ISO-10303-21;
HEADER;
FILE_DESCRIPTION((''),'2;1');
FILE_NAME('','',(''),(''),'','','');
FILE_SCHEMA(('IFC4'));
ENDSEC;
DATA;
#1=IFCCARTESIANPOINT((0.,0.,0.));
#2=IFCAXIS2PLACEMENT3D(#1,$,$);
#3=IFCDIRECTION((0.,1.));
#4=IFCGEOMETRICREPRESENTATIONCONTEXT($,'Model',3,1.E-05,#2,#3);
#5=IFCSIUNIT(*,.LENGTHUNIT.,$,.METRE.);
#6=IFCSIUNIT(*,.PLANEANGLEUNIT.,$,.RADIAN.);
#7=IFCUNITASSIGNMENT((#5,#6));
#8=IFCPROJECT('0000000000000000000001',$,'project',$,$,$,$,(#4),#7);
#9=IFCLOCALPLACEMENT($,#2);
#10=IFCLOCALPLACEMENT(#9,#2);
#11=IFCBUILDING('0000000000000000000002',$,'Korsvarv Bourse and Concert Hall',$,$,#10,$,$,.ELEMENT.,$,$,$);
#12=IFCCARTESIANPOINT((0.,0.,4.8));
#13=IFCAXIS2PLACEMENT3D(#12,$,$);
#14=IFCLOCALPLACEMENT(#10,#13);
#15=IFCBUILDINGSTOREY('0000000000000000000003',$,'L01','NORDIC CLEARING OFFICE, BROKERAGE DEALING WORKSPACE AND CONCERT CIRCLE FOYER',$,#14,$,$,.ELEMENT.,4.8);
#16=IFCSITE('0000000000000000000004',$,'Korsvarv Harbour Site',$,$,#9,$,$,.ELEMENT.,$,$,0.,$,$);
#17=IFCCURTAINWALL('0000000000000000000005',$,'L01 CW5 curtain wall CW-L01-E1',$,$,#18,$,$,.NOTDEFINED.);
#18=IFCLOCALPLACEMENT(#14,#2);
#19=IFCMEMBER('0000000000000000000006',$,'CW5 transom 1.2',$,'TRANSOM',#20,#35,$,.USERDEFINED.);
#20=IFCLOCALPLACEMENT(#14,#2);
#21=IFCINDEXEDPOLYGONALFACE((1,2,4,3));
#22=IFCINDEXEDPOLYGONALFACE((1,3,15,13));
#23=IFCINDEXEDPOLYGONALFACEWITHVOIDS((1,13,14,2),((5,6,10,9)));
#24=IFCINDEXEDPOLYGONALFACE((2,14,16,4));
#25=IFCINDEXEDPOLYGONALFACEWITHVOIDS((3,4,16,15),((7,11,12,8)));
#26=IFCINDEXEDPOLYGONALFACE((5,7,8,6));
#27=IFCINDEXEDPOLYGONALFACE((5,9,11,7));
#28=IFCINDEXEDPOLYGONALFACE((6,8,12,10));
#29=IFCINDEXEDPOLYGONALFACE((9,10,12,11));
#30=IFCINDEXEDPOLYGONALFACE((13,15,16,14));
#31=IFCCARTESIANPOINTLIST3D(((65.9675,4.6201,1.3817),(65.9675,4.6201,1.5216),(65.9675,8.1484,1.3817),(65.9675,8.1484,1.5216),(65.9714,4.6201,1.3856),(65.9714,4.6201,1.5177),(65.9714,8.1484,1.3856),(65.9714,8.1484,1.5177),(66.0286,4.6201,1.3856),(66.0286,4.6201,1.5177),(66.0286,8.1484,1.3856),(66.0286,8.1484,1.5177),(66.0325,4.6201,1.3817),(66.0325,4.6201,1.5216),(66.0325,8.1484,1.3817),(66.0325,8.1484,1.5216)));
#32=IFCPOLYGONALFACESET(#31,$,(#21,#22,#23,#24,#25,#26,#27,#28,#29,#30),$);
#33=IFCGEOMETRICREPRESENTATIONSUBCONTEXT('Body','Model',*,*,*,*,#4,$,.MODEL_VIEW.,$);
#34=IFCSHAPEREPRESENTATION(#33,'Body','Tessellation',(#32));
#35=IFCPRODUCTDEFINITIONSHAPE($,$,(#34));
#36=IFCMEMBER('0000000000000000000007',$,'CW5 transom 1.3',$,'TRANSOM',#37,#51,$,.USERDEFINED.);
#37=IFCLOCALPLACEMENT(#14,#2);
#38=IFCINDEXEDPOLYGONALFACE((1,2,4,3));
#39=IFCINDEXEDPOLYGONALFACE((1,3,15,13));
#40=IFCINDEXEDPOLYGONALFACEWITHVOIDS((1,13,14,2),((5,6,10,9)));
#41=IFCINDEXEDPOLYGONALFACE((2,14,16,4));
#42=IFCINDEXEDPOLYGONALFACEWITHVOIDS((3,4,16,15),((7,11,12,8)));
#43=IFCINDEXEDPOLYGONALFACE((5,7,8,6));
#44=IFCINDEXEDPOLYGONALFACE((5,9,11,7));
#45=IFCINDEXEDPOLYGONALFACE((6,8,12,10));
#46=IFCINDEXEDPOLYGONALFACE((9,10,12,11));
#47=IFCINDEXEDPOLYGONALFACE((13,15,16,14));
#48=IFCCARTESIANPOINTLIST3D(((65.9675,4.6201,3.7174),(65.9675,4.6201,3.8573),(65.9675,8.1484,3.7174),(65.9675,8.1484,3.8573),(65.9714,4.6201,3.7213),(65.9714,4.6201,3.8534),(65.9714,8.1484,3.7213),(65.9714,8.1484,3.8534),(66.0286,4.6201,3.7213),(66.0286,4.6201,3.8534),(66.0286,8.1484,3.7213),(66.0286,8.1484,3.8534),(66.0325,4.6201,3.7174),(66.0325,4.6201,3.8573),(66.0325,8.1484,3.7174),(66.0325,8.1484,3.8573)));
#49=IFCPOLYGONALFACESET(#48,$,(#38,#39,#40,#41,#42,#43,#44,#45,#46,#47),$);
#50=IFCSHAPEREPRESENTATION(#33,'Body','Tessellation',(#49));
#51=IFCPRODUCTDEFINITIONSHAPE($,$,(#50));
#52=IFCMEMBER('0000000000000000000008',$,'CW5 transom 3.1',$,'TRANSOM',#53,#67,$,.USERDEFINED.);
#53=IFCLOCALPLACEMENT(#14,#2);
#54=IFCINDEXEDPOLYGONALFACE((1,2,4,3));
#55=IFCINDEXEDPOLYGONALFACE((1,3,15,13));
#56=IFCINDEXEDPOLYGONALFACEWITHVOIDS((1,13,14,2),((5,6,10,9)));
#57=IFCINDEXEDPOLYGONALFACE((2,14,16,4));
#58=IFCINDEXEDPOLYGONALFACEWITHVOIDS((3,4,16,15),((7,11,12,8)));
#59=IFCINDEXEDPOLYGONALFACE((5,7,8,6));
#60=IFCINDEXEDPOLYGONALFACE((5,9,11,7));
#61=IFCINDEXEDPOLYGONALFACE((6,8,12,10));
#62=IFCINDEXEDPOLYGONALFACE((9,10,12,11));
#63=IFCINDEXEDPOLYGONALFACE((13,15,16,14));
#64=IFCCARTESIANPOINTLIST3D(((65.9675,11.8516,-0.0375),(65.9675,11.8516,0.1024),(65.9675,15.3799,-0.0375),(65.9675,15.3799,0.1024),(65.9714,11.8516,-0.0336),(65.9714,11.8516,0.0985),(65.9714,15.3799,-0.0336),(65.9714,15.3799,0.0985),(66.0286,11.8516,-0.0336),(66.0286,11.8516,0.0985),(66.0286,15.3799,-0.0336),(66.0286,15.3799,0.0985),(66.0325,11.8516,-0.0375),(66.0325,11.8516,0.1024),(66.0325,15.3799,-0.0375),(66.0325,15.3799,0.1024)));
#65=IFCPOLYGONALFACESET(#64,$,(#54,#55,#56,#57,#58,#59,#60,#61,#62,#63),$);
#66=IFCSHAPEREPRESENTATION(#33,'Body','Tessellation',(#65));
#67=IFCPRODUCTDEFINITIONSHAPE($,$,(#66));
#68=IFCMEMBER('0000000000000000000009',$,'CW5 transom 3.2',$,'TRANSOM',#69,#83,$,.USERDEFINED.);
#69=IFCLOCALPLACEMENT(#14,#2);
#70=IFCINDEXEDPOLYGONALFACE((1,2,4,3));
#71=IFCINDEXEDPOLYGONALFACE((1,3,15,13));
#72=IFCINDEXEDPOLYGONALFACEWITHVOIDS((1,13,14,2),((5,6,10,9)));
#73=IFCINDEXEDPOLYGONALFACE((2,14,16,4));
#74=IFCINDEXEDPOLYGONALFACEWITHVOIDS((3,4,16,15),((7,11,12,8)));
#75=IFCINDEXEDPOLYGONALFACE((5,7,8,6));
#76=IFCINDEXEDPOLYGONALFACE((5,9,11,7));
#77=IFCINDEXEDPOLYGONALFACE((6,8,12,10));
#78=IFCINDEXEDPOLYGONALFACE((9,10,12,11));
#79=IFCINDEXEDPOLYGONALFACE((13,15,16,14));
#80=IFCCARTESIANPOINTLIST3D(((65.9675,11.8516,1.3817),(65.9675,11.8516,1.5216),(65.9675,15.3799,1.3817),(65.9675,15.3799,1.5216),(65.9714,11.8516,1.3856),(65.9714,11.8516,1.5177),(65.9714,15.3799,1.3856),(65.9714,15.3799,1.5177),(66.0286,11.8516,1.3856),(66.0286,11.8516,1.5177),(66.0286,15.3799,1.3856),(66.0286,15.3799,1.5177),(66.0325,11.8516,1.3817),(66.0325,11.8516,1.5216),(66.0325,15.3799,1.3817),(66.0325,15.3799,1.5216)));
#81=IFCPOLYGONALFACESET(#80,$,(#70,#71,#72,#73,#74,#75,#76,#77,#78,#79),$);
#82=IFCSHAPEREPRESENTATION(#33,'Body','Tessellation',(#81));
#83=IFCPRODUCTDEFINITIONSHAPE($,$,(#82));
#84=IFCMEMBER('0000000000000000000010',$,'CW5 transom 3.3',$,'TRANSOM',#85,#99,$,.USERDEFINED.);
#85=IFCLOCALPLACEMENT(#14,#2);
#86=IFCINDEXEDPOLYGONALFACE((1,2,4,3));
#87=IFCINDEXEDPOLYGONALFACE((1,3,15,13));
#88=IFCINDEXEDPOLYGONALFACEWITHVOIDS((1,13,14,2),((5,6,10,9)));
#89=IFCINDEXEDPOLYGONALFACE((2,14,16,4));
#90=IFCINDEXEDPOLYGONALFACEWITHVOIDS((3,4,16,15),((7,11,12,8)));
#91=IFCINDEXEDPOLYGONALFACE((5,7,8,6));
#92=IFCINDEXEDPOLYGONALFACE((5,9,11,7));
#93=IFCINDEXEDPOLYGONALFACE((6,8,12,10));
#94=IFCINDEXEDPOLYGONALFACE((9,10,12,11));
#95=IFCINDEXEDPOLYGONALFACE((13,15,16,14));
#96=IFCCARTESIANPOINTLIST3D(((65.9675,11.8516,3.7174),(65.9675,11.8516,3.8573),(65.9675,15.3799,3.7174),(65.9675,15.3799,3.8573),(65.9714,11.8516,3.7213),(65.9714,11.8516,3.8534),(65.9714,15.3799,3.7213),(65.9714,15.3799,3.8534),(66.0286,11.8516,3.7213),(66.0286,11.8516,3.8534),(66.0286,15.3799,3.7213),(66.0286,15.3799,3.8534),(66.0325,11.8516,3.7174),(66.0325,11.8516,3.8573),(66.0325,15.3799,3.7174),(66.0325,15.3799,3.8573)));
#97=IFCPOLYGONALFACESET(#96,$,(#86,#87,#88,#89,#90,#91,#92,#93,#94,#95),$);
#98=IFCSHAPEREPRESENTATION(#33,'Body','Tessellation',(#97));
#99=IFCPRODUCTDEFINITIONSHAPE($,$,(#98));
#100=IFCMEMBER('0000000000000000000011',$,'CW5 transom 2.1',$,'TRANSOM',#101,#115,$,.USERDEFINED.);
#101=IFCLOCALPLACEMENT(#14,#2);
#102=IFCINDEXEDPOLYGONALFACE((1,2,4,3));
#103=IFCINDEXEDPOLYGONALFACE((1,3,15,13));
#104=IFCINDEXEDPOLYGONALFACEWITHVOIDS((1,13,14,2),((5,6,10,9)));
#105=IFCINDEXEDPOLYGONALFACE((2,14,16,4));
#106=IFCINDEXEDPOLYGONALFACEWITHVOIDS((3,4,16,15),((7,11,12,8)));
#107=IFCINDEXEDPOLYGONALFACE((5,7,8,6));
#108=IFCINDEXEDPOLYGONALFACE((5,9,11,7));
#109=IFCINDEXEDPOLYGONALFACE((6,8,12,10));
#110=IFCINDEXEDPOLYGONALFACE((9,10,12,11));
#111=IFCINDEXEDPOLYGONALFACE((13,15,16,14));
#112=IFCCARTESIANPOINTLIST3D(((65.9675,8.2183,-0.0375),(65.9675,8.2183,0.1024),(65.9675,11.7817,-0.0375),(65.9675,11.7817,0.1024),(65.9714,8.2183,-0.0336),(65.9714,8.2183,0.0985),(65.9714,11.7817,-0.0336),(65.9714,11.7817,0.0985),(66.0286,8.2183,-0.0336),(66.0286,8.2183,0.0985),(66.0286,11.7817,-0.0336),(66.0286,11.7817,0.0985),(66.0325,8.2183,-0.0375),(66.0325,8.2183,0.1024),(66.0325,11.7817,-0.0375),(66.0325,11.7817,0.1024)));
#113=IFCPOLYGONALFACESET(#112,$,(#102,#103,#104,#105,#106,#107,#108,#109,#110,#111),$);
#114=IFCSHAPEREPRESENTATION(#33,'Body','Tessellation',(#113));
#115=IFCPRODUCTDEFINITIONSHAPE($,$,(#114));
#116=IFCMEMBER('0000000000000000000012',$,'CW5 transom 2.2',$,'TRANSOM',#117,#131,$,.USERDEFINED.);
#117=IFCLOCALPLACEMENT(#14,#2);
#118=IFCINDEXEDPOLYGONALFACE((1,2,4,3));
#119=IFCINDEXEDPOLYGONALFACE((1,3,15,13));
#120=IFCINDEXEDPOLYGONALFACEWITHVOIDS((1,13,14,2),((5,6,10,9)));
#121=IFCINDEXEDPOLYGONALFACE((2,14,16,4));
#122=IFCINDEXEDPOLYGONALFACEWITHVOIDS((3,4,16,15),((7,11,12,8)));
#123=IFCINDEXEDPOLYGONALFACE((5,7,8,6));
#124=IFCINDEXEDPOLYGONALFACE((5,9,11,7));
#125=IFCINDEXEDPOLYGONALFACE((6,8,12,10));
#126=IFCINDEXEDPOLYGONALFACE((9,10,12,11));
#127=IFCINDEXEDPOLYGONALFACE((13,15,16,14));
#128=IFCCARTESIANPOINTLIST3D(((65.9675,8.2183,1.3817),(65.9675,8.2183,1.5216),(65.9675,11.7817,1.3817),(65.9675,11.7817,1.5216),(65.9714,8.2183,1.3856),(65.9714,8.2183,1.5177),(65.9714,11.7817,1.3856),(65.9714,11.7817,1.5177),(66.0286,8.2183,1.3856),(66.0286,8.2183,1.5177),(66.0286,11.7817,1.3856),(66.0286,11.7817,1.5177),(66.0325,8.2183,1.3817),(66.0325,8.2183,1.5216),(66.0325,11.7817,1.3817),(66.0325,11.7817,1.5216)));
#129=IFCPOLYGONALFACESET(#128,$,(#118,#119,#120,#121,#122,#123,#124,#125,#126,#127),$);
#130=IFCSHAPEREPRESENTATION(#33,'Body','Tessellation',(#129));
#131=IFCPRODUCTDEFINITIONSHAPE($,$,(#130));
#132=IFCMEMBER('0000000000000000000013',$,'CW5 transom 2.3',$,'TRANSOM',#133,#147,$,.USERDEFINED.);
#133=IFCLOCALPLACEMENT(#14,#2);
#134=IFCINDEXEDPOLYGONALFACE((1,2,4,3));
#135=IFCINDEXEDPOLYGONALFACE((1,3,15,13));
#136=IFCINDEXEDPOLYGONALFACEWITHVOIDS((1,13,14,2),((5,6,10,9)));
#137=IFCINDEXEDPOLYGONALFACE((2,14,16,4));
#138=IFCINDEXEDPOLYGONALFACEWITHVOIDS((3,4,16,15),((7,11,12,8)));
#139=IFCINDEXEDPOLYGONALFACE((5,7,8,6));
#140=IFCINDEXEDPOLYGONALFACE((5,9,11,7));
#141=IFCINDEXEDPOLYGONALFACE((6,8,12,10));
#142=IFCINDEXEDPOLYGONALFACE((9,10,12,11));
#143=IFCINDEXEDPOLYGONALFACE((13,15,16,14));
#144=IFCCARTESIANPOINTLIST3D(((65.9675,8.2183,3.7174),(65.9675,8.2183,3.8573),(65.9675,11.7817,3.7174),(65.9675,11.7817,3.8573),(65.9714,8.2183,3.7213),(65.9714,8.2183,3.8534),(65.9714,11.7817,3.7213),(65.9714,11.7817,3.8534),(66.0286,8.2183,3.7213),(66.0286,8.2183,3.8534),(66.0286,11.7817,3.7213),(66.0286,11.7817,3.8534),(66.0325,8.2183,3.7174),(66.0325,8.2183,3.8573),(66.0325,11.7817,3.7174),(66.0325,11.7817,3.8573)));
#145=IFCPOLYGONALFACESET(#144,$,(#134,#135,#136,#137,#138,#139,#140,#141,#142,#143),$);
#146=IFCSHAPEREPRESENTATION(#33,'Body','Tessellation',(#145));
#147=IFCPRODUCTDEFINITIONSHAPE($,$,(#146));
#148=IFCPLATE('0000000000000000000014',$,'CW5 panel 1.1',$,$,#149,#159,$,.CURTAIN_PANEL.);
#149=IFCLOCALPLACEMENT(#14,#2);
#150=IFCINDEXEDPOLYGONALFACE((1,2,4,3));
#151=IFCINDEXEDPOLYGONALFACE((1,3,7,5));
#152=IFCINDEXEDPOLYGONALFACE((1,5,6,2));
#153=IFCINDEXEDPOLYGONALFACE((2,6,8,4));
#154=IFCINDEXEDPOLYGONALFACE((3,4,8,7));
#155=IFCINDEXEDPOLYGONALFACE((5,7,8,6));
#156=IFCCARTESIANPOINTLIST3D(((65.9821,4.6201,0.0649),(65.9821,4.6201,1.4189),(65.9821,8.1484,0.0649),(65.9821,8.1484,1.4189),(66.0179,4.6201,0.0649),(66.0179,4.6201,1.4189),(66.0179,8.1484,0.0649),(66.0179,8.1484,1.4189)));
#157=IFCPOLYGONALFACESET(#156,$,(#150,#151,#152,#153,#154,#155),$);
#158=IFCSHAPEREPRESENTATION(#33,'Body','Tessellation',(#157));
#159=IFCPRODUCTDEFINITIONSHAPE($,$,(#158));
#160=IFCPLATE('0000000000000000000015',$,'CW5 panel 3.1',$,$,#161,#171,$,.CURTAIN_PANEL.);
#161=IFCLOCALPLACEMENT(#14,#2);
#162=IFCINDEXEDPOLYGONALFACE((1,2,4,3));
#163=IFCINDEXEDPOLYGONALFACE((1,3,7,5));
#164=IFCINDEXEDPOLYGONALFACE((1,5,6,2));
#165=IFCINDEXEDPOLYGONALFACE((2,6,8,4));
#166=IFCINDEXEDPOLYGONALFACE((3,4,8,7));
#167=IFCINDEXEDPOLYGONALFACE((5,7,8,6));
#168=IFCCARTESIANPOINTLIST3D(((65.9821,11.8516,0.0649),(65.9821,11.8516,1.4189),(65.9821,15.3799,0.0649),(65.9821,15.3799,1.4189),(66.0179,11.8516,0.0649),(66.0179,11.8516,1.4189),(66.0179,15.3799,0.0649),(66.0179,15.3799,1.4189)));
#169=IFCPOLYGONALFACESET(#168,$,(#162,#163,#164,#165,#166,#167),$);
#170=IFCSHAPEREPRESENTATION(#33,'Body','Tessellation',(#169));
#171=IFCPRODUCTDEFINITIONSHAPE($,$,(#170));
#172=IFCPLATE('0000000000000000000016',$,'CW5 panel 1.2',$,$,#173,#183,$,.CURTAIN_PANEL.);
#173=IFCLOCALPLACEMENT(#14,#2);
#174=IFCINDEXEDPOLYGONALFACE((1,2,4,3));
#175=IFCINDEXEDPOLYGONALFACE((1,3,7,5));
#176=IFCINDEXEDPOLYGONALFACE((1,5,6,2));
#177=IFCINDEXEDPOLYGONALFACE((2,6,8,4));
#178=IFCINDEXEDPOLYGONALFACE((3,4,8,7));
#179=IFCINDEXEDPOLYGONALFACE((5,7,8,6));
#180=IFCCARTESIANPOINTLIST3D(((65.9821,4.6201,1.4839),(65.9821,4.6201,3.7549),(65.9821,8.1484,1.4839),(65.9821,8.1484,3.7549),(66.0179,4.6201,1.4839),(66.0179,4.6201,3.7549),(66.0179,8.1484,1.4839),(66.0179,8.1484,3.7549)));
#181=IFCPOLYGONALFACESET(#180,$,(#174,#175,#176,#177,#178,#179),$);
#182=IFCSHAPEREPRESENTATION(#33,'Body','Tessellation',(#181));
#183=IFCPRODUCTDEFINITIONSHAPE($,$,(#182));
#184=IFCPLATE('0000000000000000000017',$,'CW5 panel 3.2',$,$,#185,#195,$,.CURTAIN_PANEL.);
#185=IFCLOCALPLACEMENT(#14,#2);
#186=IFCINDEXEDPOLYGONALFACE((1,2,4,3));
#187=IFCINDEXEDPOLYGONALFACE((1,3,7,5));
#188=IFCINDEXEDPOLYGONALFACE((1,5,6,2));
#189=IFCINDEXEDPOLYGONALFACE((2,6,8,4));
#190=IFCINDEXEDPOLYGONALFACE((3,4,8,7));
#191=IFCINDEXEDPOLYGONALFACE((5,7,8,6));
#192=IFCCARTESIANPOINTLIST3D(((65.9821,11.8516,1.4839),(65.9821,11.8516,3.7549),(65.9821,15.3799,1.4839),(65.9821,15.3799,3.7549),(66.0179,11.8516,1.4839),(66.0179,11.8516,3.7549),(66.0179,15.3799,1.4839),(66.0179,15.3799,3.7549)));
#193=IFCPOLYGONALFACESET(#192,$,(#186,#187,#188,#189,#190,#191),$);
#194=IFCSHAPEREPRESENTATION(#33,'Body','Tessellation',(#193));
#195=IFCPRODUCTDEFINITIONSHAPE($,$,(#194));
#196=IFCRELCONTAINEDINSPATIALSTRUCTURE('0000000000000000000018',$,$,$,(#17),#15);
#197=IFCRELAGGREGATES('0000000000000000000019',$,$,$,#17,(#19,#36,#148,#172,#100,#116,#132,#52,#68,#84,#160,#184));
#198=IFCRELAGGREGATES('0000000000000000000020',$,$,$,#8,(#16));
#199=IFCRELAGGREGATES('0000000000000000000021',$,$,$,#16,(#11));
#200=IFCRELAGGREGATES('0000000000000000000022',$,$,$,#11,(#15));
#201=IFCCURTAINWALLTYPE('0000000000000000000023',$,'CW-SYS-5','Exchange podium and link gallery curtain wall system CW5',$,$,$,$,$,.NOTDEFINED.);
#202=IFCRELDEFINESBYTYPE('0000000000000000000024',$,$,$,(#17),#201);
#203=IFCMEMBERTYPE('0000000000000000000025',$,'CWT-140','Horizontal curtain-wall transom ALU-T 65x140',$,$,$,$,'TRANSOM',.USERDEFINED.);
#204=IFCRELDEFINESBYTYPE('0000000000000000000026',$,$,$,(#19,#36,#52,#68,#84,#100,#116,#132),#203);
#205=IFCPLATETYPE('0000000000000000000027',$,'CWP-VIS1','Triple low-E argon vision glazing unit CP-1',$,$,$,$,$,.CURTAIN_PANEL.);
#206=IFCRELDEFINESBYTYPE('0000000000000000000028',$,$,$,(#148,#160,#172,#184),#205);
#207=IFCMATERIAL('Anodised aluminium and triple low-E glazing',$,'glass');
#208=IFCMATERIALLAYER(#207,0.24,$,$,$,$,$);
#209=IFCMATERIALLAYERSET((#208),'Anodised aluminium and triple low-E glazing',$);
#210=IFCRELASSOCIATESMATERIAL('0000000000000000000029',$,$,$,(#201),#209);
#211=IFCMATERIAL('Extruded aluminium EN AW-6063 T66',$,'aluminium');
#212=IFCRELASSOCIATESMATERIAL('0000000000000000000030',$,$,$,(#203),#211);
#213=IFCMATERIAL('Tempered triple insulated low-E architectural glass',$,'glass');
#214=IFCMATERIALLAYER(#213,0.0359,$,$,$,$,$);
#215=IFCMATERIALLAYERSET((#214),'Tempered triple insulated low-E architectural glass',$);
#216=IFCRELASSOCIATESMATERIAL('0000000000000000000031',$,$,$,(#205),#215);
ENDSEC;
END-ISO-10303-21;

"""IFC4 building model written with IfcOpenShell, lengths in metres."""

from ifc_helpers import new_model, si_unit, direction, frame, origin, origin_2d, place, context, subcontext, project, spatial, rectangle, hollow_rectangle, extrude, source, transform, mapped, material, layer, layer_set, material_profile, profile_set, type_object, element, aggregate, save


model = new_model("IFC4")

# Units and contexts
model_context = context("Model", 3, precision=1e-05, world=origin(), true_north=direction((0.0, 1.0)))
body_context = subcontext(model_context, "Body", "Model", "MODEL_VIEW")
ifc_project = project(units=[si_unit("LENGTHUNIT", "METRE"), si_unit("PLANEANGLEUNIT", "RADIAN")], contexts=[model_context])

# Site, building, storey
site_placement = place(None, origin())
site = spatial("IfcSite", under=ifc_project, at=site_placement, Name="Korsvarv Harbour Site", CompositionType="ELEMENT", RefElevation=0.0)
building_placement = place(site_placement, origin())
building = spatial("IfcBuilding", under=site, at=building_placement, Name="Korsvarv Bourse and Concert Hall", CompositionType="ELEMENT")
storey_placement = place(building_placement, frame((0.0, 0.0, 4.8)))
storey = spatial("IfcBuildingStorey", under=building, at=storey_placement, Name="L01", Description="NORDIC CLEARING OFFICE, BROKERAGE DEALING WORKSPACE AND CONCERT CIRCLE FOYER", CompositionType="ELEMENT", Elevation=4.8)

# Curtain wall, members, plates
ifc_material_1 = material(Name="Anodised aluminium and triple low-E glazing", Category="glass")
ifc_layer_1 = layer(ifc_material_1, 0.24)
ifc_layer_set_1 = layer_set([ifc_layer_1], Name="Anodised aluminium and triple low-E glazing")
curtain_wall_type = type_object("IfcCurtainWallType", Name="CW-SYS-5", Description="Exchange podium and link gallery curtain wall system CW5", PredefinedType="NOTDEFINED", material=ifc_layer_set_1)
curtain_wall_placement = place(storey_placement, origin())
curtain_wall = element("IfcCurtainWall", 1, at=curtain_wall_placement, inside=storey, type_object=curtain_wall_type, Name="L01 CW5 curtain wall CW-L01-E1", PredefinedType="NOTDEFINED")
ifc_material_2 = material(Name="Extruded aluminium EN AW-6063 T66", Category="aluminium")
ifc_material_profile_1 = material_profile(ifc_material_2, hollow_rectangle(XDim=0.0649, YDim=0.1399, WallThickness=0.0039, at=origin_2d()), Name="ALU-T 65x140")
ifc_profile_set_1 = profile_set([ifc_material_profile_1], Name="Extruded aluminium EN AW-6063 T66")
member_type_1 = type_object("IfcMemberType", Name="CWT-140", Description="Horizontal curtain-wall transom ALU-T 65x140", ElementType="TRANSOM", PredefinedType="USERDEFINED", material=ifc_profile_set_1)
shared_shape_1 = source(origin(), body_context, "Body", "SweptSolid", [
    extrude(hollow_rectangle(XDim=0.0649, YDim=0.1399, WallThickness=0.0039, at=origin_2d()), origin(), (0.0, 0.0, 1.0), 3.5283),
])
member_1_placement = place(storey_placement, frame((66.0, 4.6201, 1.4517), z_axis=(0.0, 1.0, 0.0), x_axis=(-1.0, 0.0, 0.0)))
member_1 = element("IfcMember", 2, at=member_1_placement, type_object=member_type_1, Name="CW5 transom 1.2", ObjectType="TRANSOM", PredefinedType="USERDEFINED", context=body_context, shape_type="MappedRepresentation", body=[
    mapped(shared_shape_1, transform((0.0, 0.0, 0.0), scale=1.0)),
])
member_2_placement = place(storey_placement, frame((66.0, 4.6201, 3.7874), z_axis=(0.0, 1.0, 0.0), x_axis=(-1.0, 0.0, 0.0)))
member_2 = element("IfcMember", 3, at=member_2_placement, type_object=member_type_1, Name="CW5 transom 1.3", ObjectType="TRANSOM", PredefinedType="USERDEFINED", context=body_context, shape_type="MappedRepresentation", body=[
    mapped(shared_shape_1, transform((0.0, 0.0, 0.0), scale=1.0)),
])
member_3_placement = place(storey_placement, frame((66.0, 11.8516, 0.0325), z_axis=(0.0, 1.0, 0.0), x_axis=(-1.0, 0.0, 0.0)))
member_3 = element("IfcMember", 4, at=member_3_placement, type_object=member_type_1, Name="CW5 transom 3.1", ObjectType="TRANSOM", PredefinedType="USERDEFINED", context=body_context, shape_type="MappedRepresentation", body=[
    mapped(shared_shape_1, transform((0.0, 0.0, 0.0), scale=1.0)),
])
member_4_placement = place(storey_placement, frame((66.0, 11.8516, 1.4517), z_axis=(0.0, 1.0, 0.0), x_axis=(-1.0, 0.0, 0.0)))
member_4 = element("IfcMember", 5, at=member_4_placement, type_object=member_type_1, Name="CW5 transom 3.2", ObjectType="TRANSOM", PredefinedType="USERDEFINED", context=body_context, shape_type="MappedRepresentation", body=[
    mapped(shared_shape_1, transform((0.0, 0.0, 0.0), scale=1.0)),
])
member_5_placement = place(storey_placement, frame((66.0, 11.8516, 3.7874), z_axis=(0.0, 1.0, 0.0), x_axis=(-1.0, 0.0, 0.0)))
member_5 = element("IfcMember", 6, at=member_5_placement, type_object=member_type_1, Name="CW5 transom 3.3", ObjectType="TRANSOM", PredefinedType="USERDEFINED", context=body_context, shape_type="MappedRepresentation", body=[
    mapped(shared_shape_1, transform((0.0, 0.0, 0.0), scale=1.0)),
])
shared_shape_2 = source(origin(), body_context, "Body", "SweptSolid", [
    extrude(hollow_rectangle(XDim=0.0649, YDim=0.1399, WallThickness=0.0039, at=origin_2d()), origin(), (0.0, 0.0, 1.0), 3.5635),
])
member_6_placement = place(storey_placement, frame((66.0, 8.2183, 0.0325), z_axis=(0.0, 1.0, 0.0), x_axis=(-1.0, 0.0, 0.0)))
member_6 = element("IfcMember", 7, at=member_6_placement, type_object=member_type_1, Name="CW5 transom 2.1", ObjectType="TRANSOM", PredefinedType="USERDEFINED", context=body_context, shape_type="MappedRepresentation", body=[
    mapped(shared_shape_2, transform((0.0, 0.0, 0.0), scale=1.0)),
])
member_7_placement = place(storey_placement, frame((66.0, 8.2183, 1.4517), z_axis=(0.0, 1.0, 0.0), x_axis=(-1.0, 0.0, 0.0)))
member_7 = element("IfcMember", 8, at=member_7_placement, type_object=member_type_1, Name="CW5 transom 2.2", ObjectType="TRANSOM", PredefinedType="USERDEFINED", context=body_context, shape_type="MappedRepresentation", body=[
    mapped(shared_shape_2, transform((0.0, 0.0, 0.0), scale=1.0)),
])
member_8_placement = place(storey_placement, frame((66.0, 8.2183, 3.7874), z_axis=(0.0, 1.0, 0.0), x_axis=(-1.0, 0.0, 0.0)))
member_8 = element("IfcMember", 9, at=member_8_placement, type_object=member_type_1, Name="CW5 transom 2.3", ObjectType="TRANSOM", PredefinedType="USERDEFINED", context=body_context, shape_type="MappedRepresentation", body=[
    mapped(shared_shape_2, transform((0.0, 0.0, 0.0), scale=1.0)),
])
ifc_material_3 = material(Name="Tempered triple insulated low-E architectural glass", Category="glass")
ifc_layer_2 = layer(ifc_material_3, 0.0359)
ifc_layer_set_2 = layer_set([ifc_layer_2], Name="Tempered triple insulated low-E architectural glass")
plate_type = type_object("IfcPlateType", Name="CWP-VIS1", Description="Triple low-E argon vision glazing unit CP-1", PredefinedType="CURTAIN_PANEL", material=ifc_layer_set_2)
shared_shape_3 = source(origin(), body_context, "Body", "SweptSolid", [
    extrude(rectangle(XDim=3.5283, YDim=0.0359, at=origin_2d()), origin(), (0.0, 0.0, 1.0), 1.354),
])
plate_1_placement = place(storey_placement, frame((66.0, 6.3843, 0.0649), z_axis=(0.0, 0.0, 1.0), x_axis=(0.0, 1.0, 0.0)))
plate_1 = element("IfcPlate", 10, at=plate_1_placement, type_object=plate_type, Name="CW5 panel 1.1", PredefinedType="CURTAIN_PANEL", context=body_context, shape_type="MappedRepresentation", body=[
    mapped(shared_shape_3, transform((0.0, 0.0, 0.0), scale=1.0)),
])
plate_2_placement = place(storey_placement, frame((66.0, 13.6157, 0.0649), z_axis=(0.0, 0.0, 1.0), x_axis=(0.0, 1.0, 0.0)))
plate_2 = element("IfcPlate", 11, at=plate_2_placement, type_object=plate_type, Name="CW5 panel 3.1", PredefinedType="CURTAIN_PANEL", context=body_context, shape_type="MappedRepresentation", body=[
    mapped(shared_shape_3, transform((0.0, 0.0, 0.0), scale=1.0)),
])
shared_shape_4 = source(origin(), body_context, "Body", "SweptSolid", [
    extrude(rectangle(XDim=3.5283, YDim=0.0359, at=origin_2d()), origin(), (0.0, 0.0, 1.0), 2.271),
])
plate_3_placement = place(storey_placement, frame((66.0, 6.3843, 1.4839), z_axis=(0.0, 0.0, 1.0), x_axis=(0.0, 1.0, 0.0)))
plate_3 = element("IfcPlate", 12, at=plate_3_placement, type_object=plate_type, Name="CW5 panel 1.2", PredefinedType="CURTAIN_PANEL", context=body_context, shape_type="MappedRepresentation", body=[
    mapped(shared_shape_4, transform((0.0, 0.0, 0.0), scale=1.0)),
])
plate_4_placement = place(storey_placement, frame((66.0, 13.6157, 1.4839), z_axis=(0.0, 0.0, 1.0), x_axis=(0.0, 1.0, 0.0)))
plate_4 = element("IfcPlate", 13, at=plate_4_placement, type_object=plate_type, Name="CW5 panel 3.2", PredefinedType="CURTAIN_PANEL", context=body_context, shape_type="MappedRepresentation", body=[
    mapped(shared_shape_4, transform((0.0, 0.0, 0.0), scale=1.0)),
])
aggregate(curtain_wall, [member_1, member_2, plate_1, plate_3, member_6, member_7, member_8, member_3, member_4, member_5, plate_2, plate_4])

save(model, "model.ifc")
